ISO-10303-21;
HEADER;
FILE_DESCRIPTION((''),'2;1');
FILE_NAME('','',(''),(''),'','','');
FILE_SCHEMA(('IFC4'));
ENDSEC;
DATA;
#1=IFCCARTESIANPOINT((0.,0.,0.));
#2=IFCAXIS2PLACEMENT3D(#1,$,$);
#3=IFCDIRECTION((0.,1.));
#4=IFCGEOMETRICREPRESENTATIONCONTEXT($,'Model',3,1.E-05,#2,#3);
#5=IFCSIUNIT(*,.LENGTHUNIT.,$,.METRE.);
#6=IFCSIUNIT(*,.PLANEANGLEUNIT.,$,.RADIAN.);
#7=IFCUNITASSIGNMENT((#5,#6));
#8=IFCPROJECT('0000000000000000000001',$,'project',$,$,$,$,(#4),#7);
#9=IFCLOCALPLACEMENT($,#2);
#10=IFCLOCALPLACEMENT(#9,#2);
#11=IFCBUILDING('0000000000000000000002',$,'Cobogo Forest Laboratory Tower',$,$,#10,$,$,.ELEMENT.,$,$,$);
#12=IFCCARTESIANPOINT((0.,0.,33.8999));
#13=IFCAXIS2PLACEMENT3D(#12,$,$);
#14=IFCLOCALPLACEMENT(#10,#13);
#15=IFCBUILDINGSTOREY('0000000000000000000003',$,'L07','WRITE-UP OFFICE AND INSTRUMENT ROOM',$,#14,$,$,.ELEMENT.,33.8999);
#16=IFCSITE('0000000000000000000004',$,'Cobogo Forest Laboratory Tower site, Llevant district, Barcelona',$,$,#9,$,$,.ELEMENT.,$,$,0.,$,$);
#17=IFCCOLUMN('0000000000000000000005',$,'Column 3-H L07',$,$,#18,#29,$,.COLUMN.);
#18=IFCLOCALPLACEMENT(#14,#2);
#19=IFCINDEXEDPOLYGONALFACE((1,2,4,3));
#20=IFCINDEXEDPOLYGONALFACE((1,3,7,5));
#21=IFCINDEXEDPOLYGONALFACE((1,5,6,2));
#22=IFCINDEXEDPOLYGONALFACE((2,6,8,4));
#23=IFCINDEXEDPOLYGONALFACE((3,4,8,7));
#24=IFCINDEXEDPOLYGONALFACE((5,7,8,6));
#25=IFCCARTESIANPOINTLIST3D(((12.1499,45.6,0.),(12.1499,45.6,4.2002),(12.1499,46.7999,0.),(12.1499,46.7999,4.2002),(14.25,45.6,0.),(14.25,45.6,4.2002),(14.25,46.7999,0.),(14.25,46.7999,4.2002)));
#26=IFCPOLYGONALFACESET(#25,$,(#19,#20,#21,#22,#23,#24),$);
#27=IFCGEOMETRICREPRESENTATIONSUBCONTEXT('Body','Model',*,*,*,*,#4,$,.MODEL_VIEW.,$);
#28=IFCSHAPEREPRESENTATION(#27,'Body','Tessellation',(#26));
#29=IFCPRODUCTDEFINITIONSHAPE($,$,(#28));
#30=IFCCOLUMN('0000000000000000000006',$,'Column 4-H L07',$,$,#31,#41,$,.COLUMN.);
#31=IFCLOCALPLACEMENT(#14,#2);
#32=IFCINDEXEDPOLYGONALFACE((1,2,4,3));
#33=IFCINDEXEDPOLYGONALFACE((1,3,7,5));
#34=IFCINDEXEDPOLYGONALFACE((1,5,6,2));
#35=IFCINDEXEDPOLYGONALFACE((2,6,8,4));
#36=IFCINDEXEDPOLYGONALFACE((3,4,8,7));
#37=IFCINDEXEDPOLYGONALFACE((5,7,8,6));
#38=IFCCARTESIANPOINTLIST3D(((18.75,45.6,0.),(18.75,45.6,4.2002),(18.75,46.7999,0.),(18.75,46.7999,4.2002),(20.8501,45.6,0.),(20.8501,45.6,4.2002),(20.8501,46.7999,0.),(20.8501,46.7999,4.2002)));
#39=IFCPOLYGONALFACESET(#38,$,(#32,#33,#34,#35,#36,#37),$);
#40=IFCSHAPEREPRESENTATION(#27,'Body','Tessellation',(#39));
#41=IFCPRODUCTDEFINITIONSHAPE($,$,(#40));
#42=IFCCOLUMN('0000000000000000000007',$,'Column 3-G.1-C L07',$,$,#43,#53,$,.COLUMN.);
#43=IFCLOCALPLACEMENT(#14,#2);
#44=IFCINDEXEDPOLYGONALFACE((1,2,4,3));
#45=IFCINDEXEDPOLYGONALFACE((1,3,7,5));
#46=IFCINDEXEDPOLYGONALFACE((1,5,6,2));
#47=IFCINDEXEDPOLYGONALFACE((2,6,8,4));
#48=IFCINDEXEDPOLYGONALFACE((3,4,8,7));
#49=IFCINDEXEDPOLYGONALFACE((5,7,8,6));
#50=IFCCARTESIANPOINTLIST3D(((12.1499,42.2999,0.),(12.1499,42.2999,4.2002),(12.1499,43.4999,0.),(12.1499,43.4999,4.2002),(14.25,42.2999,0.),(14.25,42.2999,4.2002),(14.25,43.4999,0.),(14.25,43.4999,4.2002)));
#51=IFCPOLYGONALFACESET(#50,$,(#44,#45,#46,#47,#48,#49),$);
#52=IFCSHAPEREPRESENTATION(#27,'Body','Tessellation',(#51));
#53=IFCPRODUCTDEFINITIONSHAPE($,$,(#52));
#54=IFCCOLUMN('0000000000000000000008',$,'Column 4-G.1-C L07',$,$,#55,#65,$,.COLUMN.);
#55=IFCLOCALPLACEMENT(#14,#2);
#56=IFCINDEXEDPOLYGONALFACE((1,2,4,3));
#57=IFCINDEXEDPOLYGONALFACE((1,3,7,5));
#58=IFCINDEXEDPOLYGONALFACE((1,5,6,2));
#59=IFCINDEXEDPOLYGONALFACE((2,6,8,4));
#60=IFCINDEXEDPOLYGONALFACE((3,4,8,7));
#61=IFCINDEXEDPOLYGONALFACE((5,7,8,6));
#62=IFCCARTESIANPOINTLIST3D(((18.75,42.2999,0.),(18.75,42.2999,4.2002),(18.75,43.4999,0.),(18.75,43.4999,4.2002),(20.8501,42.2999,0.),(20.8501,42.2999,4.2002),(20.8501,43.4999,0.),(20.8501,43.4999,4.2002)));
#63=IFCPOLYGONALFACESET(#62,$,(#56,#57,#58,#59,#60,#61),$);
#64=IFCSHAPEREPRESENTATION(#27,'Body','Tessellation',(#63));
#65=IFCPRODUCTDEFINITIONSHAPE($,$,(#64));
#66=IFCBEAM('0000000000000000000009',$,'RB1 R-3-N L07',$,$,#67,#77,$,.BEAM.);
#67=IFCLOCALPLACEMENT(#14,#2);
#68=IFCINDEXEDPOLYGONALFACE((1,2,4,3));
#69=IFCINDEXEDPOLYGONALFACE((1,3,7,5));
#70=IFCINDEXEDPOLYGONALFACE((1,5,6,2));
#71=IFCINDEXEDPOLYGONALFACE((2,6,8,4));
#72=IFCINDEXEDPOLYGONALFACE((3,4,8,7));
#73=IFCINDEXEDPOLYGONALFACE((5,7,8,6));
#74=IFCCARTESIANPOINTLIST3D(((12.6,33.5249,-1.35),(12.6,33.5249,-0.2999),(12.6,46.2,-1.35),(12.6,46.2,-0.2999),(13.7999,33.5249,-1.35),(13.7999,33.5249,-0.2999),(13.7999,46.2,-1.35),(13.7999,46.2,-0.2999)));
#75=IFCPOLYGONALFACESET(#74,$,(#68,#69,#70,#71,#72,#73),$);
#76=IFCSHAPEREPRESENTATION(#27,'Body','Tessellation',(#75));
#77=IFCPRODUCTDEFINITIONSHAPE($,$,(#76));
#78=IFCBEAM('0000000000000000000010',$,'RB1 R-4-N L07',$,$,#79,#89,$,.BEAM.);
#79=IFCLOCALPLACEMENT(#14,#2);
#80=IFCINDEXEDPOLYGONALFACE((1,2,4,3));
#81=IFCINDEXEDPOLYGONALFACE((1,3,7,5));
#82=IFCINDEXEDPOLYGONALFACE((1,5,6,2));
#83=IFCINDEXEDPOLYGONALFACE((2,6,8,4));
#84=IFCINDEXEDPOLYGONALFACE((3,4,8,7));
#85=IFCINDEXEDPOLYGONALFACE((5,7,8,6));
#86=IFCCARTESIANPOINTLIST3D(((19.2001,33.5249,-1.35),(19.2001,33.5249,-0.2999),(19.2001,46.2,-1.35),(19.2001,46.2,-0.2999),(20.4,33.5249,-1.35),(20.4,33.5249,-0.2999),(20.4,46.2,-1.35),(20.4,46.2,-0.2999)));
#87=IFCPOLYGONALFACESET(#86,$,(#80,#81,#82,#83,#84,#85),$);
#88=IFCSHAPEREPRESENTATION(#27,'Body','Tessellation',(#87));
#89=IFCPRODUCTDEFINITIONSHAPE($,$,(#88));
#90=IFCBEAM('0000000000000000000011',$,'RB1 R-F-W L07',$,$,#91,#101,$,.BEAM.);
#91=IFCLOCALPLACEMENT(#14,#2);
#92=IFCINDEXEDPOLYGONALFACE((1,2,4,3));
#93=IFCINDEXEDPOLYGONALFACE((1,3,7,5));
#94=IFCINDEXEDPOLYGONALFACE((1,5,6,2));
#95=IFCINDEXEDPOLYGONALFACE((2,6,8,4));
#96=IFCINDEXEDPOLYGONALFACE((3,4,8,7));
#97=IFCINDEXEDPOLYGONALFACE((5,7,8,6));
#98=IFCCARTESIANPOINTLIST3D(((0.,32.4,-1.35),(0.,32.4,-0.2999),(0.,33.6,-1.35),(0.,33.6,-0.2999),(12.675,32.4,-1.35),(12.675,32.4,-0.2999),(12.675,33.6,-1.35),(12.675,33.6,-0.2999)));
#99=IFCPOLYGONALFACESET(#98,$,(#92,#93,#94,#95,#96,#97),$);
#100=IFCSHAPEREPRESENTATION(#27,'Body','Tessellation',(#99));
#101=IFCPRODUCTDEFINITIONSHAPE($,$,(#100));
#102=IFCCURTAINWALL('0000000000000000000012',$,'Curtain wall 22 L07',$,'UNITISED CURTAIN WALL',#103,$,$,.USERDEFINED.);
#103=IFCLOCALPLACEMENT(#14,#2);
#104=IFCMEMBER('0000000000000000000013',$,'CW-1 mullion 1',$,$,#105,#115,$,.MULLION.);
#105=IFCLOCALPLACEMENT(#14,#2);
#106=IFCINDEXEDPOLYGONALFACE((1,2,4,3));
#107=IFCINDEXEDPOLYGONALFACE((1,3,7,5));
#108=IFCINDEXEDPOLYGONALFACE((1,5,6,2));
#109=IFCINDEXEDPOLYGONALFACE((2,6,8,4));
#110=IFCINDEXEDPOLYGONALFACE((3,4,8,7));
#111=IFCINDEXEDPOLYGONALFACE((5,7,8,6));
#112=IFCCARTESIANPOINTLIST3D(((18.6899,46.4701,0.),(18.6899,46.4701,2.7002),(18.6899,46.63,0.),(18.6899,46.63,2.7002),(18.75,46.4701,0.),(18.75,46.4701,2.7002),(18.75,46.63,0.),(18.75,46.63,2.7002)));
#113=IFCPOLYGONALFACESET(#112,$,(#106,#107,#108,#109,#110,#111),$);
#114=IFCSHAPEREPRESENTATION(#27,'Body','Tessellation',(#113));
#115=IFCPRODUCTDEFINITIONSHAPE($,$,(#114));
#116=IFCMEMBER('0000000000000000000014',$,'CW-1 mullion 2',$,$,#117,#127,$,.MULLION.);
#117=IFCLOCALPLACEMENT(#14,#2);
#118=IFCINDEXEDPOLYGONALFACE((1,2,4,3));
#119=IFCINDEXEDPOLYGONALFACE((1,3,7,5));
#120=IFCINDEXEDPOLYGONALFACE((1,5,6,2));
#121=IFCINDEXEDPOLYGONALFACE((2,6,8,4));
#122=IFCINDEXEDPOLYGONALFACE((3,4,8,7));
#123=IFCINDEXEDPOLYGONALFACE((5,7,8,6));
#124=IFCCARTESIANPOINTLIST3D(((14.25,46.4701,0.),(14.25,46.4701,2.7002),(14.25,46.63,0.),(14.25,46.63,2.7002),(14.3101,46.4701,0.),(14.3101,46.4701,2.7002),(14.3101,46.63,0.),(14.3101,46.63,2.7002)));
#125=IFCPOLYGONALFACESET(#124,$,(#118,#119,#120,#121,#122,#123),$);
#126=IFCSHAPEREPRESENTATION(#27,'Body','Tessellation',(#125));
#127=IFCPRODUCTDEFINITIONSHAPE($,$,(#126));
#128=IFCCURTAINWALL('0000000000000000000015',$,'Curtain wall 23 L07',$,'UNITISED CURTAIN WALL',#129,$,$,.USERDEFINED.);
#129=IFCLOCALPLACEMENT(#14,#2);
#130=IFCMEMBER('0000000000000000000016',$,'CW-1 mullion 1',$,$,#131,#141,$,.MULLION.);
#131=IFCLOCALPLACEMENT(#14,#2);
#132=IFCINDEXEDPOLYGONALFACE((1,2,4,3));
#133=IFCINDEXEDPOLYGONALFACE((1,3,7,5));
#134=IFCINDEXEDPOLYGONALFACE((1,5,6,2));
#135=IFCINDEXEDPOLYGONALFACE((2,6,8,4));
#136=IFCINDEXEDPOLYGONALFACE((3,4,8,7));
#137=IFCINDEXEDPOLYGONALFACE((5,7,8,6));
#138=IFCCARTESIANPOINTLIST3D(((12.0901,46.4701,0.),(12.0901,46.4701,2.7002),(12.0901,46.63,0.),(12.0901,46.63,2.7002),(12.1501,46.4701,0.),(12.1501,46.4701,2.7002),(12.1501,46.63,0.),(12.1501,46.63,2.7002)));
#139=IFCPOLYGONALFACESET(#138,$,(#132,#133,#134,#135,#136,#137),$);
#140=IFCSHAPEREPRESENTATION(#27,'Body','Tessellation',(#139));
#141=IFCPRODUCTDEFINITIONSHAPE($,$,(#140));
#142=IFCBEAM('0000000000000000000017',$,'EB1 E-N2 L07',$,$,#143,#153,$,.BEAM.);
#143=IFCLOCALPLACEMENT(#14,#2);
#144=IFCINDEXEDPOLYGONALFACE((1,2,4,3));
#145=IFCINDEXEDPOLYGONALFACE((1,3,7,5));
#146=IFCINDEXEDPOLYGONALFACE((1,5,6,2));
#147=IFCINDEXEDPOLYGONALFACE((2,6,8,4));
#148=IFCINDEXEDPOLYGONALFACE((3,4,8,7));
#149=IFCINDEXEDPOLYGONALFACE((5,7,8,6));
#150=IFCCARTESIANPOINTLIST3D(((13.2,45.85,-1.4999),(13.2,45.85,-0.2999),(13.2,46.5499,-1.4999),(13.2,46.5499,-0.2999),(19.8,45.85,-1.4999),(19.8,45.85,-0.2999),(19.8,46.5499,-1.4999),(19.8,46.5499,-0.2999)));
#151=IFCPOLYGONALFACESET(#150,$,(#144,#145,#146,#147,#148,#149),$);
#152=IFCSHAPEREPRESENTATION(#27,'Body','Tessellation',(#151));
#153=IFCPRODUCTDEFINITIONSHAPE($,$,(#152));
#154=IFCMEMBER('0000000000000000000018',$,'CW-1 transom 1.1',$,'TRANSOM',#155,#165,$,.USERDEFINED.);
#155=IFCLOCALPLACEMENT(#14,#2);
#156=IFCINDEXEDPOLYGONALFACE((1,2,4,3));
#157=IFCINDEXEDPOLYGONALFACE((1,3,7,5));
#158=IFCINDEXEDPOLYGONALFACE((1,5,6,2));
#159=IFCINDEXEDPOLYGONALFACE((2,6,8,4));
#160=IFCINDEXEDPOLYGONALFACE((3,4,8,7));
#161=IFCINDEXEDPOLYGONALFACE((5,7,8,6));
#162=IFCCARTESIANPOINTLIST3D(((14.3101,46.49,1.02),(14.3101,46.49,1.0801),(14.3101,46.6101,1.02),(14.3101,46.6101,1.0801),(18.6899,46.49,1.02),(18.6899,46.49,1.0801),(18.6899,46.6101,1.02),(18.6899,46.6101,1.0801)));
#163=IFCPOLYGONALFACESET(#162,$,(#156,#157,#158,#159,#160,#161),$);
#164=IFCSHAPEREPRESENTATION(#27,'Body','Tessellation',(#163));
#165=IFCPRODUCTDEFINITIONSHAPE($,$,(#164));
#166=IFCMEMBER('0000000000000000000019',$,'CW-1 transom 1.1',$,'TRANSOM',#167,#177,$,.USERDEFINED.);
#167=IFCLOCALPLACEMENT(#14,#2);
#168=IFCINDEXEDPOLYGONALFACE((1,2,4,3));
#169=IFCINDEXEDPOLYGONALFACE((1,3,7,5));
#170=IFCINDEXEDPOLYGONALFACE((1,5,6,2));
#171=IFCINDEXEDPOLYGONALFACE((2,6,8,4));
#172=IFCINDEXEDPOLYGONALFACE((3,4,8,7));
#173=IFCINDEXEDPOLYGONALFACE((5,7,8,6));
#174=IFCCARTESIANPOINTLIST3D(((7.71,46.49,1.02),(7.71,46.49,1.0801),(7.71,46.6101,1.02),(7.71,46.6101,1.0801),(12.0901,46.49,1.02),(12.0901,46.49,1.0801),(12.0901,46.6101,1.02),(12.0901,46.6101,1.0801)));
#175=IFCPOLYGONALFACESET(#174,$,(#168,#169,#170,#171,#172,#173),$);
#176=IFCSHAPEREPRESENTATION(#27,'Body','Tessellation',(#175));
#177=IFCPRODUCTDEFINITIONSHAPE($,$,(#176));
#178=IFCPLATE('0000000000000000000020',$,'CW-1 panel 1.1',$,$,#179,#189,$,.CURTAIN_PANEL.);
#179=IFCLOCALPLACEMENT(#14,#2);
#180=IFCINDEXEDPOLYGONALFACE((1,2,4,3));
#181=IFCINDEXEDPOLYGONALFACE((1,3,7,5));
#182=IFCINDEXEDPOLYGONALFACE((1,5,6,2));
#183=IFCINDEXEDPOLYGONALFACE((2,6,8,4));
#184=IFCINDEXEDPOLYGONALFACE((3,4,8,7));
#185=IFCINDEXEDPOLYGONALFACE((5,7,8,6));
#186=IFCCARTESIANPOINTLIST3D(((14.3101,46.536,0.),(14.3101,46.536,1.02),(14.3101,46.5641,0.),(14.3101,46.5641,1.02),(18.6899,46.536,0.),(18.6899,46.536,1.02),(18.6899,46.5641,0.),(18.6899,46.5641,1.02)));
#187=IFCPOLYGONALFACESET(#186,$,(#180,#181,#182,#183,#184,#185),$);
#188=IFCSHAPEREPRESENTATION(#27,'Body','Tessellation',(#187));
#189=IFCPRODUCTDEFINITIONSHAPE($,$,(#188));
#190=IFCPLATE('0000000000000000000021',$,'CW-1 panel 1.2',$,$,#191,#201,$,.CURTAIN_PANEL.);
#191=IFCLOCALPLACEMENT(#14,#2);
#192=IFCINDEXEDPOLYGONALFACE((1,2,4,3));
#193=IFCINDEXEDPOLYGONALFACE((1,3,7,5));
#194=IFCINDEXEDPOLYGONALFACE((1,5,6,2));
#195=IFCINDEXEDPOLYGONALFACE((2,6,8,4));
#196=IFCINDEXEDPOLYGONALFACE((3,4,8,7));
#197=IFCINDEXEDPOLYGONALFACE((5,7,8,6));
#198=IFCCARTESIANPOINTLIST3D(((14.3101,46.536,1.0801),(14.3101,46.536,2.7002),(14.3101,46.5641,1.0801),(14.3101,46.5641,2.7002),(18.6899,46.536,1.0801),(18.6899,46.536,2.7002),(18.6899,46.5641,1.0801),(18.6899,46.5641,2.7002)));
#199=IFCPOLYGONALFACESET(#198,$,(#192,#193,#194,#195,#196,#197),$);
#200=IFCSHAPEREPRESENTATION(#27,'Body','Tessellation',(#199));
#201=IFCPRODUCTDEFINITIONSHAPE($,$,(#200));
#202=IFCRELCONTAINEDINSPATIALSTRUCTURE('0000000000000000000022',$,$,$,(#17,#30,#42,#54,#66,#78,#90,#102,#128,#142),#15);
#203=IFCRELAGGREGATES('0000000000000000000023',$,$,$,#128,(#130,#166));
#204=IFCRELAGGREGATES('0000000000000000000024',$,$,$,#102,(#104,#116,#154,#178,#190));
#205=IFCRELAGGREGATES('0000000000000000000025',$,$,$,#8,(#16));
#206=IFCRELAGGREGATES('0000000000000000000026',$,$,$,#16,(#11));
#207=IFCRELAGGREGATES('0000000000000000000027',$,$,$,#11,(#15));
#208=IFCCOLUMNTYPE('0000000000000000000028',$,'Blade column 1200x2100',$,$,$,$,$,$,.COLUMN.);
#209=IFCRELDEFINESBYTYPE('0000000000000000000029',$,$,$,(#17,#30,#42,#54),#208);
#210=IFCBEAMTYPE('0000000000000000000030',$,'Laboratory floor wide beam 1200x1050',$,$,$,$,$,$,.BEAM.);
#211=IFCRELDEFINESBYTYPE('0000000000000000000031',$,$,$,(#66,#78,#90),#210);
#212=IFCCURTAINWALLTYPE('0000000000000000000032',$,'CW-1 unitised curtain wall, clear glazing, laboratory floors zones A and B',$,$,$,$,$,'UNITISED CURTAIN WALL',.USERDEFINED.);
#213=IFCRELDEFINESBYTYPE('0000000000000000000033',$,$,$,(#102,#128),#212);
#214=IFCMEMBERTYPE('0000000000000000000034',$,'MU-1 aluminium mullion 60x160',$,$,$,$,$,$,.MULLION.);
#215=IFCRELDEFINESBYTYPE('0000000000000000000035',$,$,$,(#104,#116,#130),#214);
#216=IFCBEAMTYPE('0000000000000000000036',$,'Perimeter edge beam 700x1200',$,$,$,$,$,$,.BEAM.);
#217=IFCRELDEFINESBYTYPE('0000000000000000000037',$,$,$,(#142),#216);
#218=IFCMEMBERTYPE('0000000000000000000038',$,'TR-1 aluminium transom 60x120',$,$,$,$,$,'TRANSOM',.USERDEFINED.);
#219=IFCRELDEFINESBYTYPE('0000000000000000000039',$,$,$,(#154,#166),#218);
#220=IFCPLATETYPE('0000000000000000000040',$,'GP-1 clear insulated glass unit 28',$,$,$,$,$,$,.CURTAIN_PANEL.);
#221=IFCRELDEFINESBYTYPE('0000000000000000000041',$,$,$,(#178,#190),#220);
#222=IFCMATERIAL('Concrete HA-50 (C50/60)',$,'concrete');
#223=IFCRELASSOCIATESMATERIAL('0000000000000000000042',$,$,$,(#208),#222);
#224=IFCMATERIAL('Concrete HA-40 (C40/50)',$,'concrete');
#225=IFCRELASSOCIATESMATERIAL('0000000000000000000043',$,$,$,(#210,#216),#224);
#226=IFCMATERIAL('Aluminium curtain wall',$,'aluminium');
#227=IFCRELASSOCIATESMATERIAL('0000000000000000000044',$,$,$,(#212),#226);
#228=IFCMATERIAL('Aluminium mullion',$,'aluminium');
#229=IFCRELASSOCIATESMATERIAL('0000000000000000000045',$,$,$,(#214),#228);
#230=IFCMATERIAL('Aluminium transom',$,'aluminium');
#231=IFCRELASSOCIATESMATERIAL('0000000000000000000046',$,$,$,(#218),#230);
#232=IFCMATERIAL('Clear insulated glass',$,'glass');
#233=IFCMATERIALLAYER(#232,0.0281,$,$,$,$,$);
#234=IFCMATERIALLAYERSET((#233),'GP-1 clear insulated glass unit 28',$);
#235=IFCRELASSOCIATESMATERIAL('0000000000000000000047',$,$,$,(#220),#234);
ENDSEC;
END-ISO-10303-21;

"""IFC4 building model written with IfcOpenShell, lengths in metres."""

from ifc_helpers import new_model, si_unit, direction, frame, origin, origin_2d, place, context, subcontext, project, spatial, rectangle, extrude, material, layer, layer_set, material_profile, profile_set, type_object, element, aggregate, save


model = new_model("IFC4")

# Units and contexts
model_context = context("Model", 3, precision=1e-05, world=origin(), true_north=direction((0.0, 1.0)))
body_context = subcontext(model_context, "Body", "Model", "MODEL_VIEW")
ifc_project = project(units=[si_unit("LENGTHUNIT", "METRE"), si_unit("PLANEANGLEUNIT", "RADIAN")], contexts=[model_context])

# Site, building, storey
site_placement = place(None, origin())
site = spatial("IfcSite", under=ifc_project, at=site_placement, Name="Cobogo Forest Laboratory Tower site, Llevant district, Barcelona", CompositionType="ELEMENT", RefElevation=0.0)
building_placement = place(site_placement, origin())
building = spatial("IfcBuilding", under=site, at=building_placement, Name="Cobogo Forest Laboratory Tower", CompositionType="ELEMENT")
storey_placement = place(building_placement, frame((0.0, 0.0, 33.8999)))
storey = spatial("IfcBuildingStorey", under=building, at=storey_placement, Name="L07", Description="WRITE-UP OFFICE AND INSTRUMENT ROOM", CompositionType="ELEMENT", Elevation=33.8999)

# Columns
ifc_material_1 = material(Name="Concrete HA-50 (C50/60)", Category="concrete")
ifc_material_profile_1 = material_profile(ifc_material_1, rectangle(XDim=2.1001, YDim=1.2, at=origin_2d()), Name="RC 1200x2100")
ifc_profile_set_1 = profile_set([ifc_material_profile_1], Name="Concrete HA-50 (C50/60)")
column_type = type_object("IfcColumnType", Name="Blade column 1200x2100", PredefinedType="COLUMN", material=ifc_profile_set_1)
for number, where, z_axis, x_axis, name in (
    (1, (13.2, 46.2, 0.0), (0.0, 0.0, 1.0), (1.0, 0.0, 0.0), "Column 3-H L07"),
    (2, (19.8, 46.2, 0.0), (0.0, 0.0, 1.0), (1.0, 0.0, 0.0), "Column 4-H L07"),
    (3, (13.2, 42.8999, 0.0), (0.0, 0.0, 1.0), (1.0, 0.0, 0.0), "Column 3-G.1-C L07"),
    (4, (19.8, 42.8999, 0.0), (0.0, 0.0, 1.0), (1.0, 0.0, 0.0), "Column 4-G.1-C L07"),
):
    element("IfcColumn", number, at=place(storey_placement, frame(where, z_axis=z_axis, x_axis=x_axis)), inside=storey, type_object=column_type, Name=name, PredefinedType="COLUMN", context=body_context, shape_type="SweptSolid", body=[
        extrude(rectangle(XDim=2.1001, YDim=1.2, at=origin_2d()), origin(), (0.0, 0.0, 1.0), 4.2002),
    ])

# Beams
ifc_material_2 = material(Name="Concrete HA-40 (C40/50)", Category="concrete")
ifc_material_profile_2 = material_profile(ifc_material_2, rectangle(XDim=1.2, YDim=1.05, at=origin_2d()), Name="RC 1200x1050")
ifc_profile_set_2 = profile_set([ifc_material_profile_2], Name="Concrete HA-40 (C40/50)")
beam_type_1 = type_object("IfcBeamType", Name="Laboratory floor wide beam 1200x1050", PredefinedType="BEAM", material=ifc_profile_set_2)
for number, where, z_axis, x_axis, name in (
    (5, (13.2, 33.5249, -0.825), (0.0, 1.0, 0.0), (-1.0, 0.0, 0.0), "RB1 R-3-N L07"),
    (6, (19.8, 33.5249, -0.825), (0.0, 1.0, 0.0), (-1.0, 0.0, 0.0), "RB1 R-4-N L07"),
    (7, (12.675, 33.0, -0.825), (-1.0, 0.0, 0.0), (0.0, -1.0, 0.0), "RB1 R-F-W L07"),
):
    element("IfcBeam", number, at=place(storey_placement, frame(where, z_axis=z_axis, x_axis=x_axis)), inside=storey, type_object=beam_type_1, Name=name, PredefinedType="BEAM", context=body_context, shape_type="SweptSolid", body=[
        extrude(rectangle(XDim=1.2, YDim=1.05, at=origin_2d()), origin(), (0.0, 0.0, 1.0), 12.675),
    ])

# Curtain wall, members
ifc_material_3 = material(Name="Aluminium curtain wall", Category="aluminium")
curtain_wall_type = type_object("IfcCurtainWallType", Name="CW-1 unitised curtain wall, clear glazing, laboratory floors zones A and B", ElementType="UNITISED CURTAIN WALL", PredefinedType="USERDEFINED", material=ifc_material_3)
curtain_wall_1_placement = place(storey_placement, origin())
curtain_wall_1 = element("IfcCurtainWall", 8, at=curtain_wall_1_placement, inside=storey, type_object=curtain_wall_type, Name="Curtain wall 22 L07", ObjectType="UNITISED CURTAIN WALL", PredefinedType="USERDEFINED")
ifc_material_4 = material(Name="Aluminium mullion", Category="aluminium")
ifc_material_profile_3 = material_profile(ifc_material_4, rectangle(XDim=0.0601, YDim=0.1599, at=origin_2d()), Name="AL 60x160")
ifc_profile_set_3 = profile_set([ifc_material_profile_3], Name="Aluminium mullion")
member_type_1 = type_object("IfcMemberType", Name="MU-1 aluminium mullion 60x160", PredefinedType="MULLION", material=ifc_profile_set_3)
member_1_placement = place(storey_placement, frame((18.72, 46.55, 0.0), z_axis=(0.0, 0.0, 1.0), x_axis=(-1.0, 0.0, 0.0)))
member_1 = element("IfcMember", 9, at=member_1_placement, type_object=member_type_1, Name="CW-1 mullion 1", PredefinedType="MULLION", context=body_context, shape_type="SweptSolid", body=[
    extrude(rectangle(XDim=0.0601, YDim=0.1599, at=origin_2d()), origin(), (0.0, 0.0, 1.0), 2.7002),
])
member_2_placement = place(storey_placement, frame((14.28, 46.55, 0.0), z_axis=(0.0, 0.0, 1.0), x_axis=(-1.0, 0.0, 0.0)))
member_2 = element("IfcMember", 10, at=member_2_placement, type_object=member_type_1, Name="CW-1 mullion 2", PredefinedType="MULLION", context=body_context, shape_type="SweptSolid", body=[
    extrude(rectangle(XDim=0.0601, YDim=0.1599, at=origin_2d()), origin(), (0.0, 0.0, 1.0), 2.7002),
])

# Curtain wall, member
curtain_wall_2_placement = place(storey_placement, origin())
curtain_wall_2 = element("IfcCurtainWall", 11, at=curtain_wall_2_placement, inside=storey, type_object=curtain_wall_type, Name="Curtain wall 23 L07", ObjectType="UNITISED CURTAIN WALL", PredefinedType="USERDEFINED")
member_3_placement = place(storey_placement, frame((12.1201, 46.55, 0.0), z_axis=(0.0, 0.0, 1.0), x_axis=(-1.0, 0.0, 0.0)))
member_3 = element("IfcMember", 12, at=member_3_placement, type_object=member_type_1, Name="CW-1 mullion 1", PredefinedType="MULLION", context=body_context, shape_type="SweptSolid", body=[
    extrude(rectangle(XDim=0.0601, YDim=0.1599, at=origin_2d()), origin(), (0.0, 0.0, 1.0), 2.7002),
])

# Beam
ifc_material_profile_4 = material_profile(ifc_material_2, rectangle(XDim=0.7, YDim=1.2, at=origin_2d()), Name="RC 700x1200")
ifc_profile_set_4 = profile_set([ifc_material_profile_4], Name="Concrete HA-40 (C40/50)")
beam_type_2 = type_object("IfcBeamType", Name="Perimeter edge beam 700x1200", PredefinedType="BEAM", material=ifc_profile_set_4)
beam_placement = place(storey_placement, frame((13.2, 46.2, -0.8999), z_axis=(1.0, 0.0, 0.0), x_axis=(0.0, 1.0, 0.0)))
element("IfcBeam", 13, at=beam_placement, inside=storey, type_object=beam_type_2, Name="EB1 E-N2 L07", PredefinedType="BEAM", context=body_context, shape_type="SweptSolid", body=[
    extrude(rectangle(XDim=0.7, YDim=1.2, at=origin_2d()), origin(), (0.0, 0.0, 1.0), 6.6001),
])

# Members
ifc_material_5 = material(Name="Aluminium transom", Category="aluminium")
ifc_material_profile_5 = material_profile(ifc_material_5, rectangle(XDim=0.1201, YDim=0.0601, at=origin_2d()), Name="AL 60x120")
ifc_profile_set_5 = profile_set([ifc_material_profile_5], Name="Aluminium transom")
member_type_2 = type_object("IfcMemberType", Name="TR-1 aluminium transom 60x120", ElementType="TRANSOM", PredefinedType="USERDEFINED", material=ifc_profile_set_5)
member_4_placement = place(storey_placement, frame((18.6899, 46.55, 1.05), z_axis=(-1.0, 0.0, 0.0), x_axis=(0.0, -1.0, 0.0)))
member_4 = element("IfcMember", 14, at=member_4_placement, type_object=member_type_2, Name="CW-1 transom 1.1", ObjectType="TRANSOM", PredefinedType="USERDEFINED", context=body_context, shape_type="SweptSolid", body=[
    extrude(rectangle(XDim=0.1201, YDim=0.0601, at=origin_2d()), origin(), (0.0, 0.0, 1.0), 4.3799),
])
member_5_placement = place(storey_placement, frame((12.0901, 46.55, 1.05), z_axis=(-1.0, 0.0, 0.0), x_axis=(0.0, -1.0, 0.0)))
member_5 = element("IfcMember", 15, at=member_5_placement, type_object=member_type_2, Name="CW-1 transom 1.1", ObjectType="TRANSOM", PredefinedType="USERDEFINED", context=body_context, shape_type="SweptSolid", body=[
    extrude(rectangle(XDim=0.1201, YDim=0.0601, at=origin_2d()), origin(), (0.0, 0.0, 1.0), 4.3801),
])
aggregate(curtain_wall_2, [member_3, member_5])

# Plates
ifc_material_6 = material(Name="Clear insulated glass", Category="glass")
ifc_layer_1 = layer(ifc_material_6, 0.0281)
ifc_layer_set_1 = layer_set([ifc_layer_1], Name="GP-1 clear insulated glass unit 28")
plate_type_1 = type_object("IfcPlateType", Name="GP-1 clear insulated glass unit 28", PredefinedType="CURTAIN_PANEL", material=ifc_layer_set_1)
plate_1_placement = place(storey_placement, frame((16.5, 46.55, 0.0), z_axis=(0.0, 0.0, 1.0), x_axis=(-1.0, 0.0, 0.0)))
plate_1 = element("IfcPlate", 16, at=plate_1_placement, type_object=plate_type_1, Name="CW-1 panel 1.1", PredefinedType="CURTAIN_PANEL", context=body_context, shape_type="SweptSolid", body=[
    extrude(rectangle(XDim=4.3799, YDim=0.0281, at=origin_2d()), origin(), (0.0, 0.0, 1.0), 1.02),
])
plate_2_placement = place(storey_placement, frame((16.5, 46.55, 1.0801), z_axis=(0.0, 0.0, 1.0), x_axis=(-1.0, 0.0, 0.0)))
plate_2 = element("IfcPlate", 17, at=plate_2_placement, type_object=plate_type_1, Name="CW-1 panel 1.2", PredefinedType="CURTAIN_PANEL", context=body_context, shape_type="SweptSolid", body=[
    extrude(rectangle(XDim=4.3799, YDim=0.0281, at=origin_2d()), origin(), (0.0, 0.0, 1.0), 1.6201),
])
aggregate(curtain_wall_1, [member_1, member_2, member_4, plate_1, plate_2])

save(model, "model.ifc")
